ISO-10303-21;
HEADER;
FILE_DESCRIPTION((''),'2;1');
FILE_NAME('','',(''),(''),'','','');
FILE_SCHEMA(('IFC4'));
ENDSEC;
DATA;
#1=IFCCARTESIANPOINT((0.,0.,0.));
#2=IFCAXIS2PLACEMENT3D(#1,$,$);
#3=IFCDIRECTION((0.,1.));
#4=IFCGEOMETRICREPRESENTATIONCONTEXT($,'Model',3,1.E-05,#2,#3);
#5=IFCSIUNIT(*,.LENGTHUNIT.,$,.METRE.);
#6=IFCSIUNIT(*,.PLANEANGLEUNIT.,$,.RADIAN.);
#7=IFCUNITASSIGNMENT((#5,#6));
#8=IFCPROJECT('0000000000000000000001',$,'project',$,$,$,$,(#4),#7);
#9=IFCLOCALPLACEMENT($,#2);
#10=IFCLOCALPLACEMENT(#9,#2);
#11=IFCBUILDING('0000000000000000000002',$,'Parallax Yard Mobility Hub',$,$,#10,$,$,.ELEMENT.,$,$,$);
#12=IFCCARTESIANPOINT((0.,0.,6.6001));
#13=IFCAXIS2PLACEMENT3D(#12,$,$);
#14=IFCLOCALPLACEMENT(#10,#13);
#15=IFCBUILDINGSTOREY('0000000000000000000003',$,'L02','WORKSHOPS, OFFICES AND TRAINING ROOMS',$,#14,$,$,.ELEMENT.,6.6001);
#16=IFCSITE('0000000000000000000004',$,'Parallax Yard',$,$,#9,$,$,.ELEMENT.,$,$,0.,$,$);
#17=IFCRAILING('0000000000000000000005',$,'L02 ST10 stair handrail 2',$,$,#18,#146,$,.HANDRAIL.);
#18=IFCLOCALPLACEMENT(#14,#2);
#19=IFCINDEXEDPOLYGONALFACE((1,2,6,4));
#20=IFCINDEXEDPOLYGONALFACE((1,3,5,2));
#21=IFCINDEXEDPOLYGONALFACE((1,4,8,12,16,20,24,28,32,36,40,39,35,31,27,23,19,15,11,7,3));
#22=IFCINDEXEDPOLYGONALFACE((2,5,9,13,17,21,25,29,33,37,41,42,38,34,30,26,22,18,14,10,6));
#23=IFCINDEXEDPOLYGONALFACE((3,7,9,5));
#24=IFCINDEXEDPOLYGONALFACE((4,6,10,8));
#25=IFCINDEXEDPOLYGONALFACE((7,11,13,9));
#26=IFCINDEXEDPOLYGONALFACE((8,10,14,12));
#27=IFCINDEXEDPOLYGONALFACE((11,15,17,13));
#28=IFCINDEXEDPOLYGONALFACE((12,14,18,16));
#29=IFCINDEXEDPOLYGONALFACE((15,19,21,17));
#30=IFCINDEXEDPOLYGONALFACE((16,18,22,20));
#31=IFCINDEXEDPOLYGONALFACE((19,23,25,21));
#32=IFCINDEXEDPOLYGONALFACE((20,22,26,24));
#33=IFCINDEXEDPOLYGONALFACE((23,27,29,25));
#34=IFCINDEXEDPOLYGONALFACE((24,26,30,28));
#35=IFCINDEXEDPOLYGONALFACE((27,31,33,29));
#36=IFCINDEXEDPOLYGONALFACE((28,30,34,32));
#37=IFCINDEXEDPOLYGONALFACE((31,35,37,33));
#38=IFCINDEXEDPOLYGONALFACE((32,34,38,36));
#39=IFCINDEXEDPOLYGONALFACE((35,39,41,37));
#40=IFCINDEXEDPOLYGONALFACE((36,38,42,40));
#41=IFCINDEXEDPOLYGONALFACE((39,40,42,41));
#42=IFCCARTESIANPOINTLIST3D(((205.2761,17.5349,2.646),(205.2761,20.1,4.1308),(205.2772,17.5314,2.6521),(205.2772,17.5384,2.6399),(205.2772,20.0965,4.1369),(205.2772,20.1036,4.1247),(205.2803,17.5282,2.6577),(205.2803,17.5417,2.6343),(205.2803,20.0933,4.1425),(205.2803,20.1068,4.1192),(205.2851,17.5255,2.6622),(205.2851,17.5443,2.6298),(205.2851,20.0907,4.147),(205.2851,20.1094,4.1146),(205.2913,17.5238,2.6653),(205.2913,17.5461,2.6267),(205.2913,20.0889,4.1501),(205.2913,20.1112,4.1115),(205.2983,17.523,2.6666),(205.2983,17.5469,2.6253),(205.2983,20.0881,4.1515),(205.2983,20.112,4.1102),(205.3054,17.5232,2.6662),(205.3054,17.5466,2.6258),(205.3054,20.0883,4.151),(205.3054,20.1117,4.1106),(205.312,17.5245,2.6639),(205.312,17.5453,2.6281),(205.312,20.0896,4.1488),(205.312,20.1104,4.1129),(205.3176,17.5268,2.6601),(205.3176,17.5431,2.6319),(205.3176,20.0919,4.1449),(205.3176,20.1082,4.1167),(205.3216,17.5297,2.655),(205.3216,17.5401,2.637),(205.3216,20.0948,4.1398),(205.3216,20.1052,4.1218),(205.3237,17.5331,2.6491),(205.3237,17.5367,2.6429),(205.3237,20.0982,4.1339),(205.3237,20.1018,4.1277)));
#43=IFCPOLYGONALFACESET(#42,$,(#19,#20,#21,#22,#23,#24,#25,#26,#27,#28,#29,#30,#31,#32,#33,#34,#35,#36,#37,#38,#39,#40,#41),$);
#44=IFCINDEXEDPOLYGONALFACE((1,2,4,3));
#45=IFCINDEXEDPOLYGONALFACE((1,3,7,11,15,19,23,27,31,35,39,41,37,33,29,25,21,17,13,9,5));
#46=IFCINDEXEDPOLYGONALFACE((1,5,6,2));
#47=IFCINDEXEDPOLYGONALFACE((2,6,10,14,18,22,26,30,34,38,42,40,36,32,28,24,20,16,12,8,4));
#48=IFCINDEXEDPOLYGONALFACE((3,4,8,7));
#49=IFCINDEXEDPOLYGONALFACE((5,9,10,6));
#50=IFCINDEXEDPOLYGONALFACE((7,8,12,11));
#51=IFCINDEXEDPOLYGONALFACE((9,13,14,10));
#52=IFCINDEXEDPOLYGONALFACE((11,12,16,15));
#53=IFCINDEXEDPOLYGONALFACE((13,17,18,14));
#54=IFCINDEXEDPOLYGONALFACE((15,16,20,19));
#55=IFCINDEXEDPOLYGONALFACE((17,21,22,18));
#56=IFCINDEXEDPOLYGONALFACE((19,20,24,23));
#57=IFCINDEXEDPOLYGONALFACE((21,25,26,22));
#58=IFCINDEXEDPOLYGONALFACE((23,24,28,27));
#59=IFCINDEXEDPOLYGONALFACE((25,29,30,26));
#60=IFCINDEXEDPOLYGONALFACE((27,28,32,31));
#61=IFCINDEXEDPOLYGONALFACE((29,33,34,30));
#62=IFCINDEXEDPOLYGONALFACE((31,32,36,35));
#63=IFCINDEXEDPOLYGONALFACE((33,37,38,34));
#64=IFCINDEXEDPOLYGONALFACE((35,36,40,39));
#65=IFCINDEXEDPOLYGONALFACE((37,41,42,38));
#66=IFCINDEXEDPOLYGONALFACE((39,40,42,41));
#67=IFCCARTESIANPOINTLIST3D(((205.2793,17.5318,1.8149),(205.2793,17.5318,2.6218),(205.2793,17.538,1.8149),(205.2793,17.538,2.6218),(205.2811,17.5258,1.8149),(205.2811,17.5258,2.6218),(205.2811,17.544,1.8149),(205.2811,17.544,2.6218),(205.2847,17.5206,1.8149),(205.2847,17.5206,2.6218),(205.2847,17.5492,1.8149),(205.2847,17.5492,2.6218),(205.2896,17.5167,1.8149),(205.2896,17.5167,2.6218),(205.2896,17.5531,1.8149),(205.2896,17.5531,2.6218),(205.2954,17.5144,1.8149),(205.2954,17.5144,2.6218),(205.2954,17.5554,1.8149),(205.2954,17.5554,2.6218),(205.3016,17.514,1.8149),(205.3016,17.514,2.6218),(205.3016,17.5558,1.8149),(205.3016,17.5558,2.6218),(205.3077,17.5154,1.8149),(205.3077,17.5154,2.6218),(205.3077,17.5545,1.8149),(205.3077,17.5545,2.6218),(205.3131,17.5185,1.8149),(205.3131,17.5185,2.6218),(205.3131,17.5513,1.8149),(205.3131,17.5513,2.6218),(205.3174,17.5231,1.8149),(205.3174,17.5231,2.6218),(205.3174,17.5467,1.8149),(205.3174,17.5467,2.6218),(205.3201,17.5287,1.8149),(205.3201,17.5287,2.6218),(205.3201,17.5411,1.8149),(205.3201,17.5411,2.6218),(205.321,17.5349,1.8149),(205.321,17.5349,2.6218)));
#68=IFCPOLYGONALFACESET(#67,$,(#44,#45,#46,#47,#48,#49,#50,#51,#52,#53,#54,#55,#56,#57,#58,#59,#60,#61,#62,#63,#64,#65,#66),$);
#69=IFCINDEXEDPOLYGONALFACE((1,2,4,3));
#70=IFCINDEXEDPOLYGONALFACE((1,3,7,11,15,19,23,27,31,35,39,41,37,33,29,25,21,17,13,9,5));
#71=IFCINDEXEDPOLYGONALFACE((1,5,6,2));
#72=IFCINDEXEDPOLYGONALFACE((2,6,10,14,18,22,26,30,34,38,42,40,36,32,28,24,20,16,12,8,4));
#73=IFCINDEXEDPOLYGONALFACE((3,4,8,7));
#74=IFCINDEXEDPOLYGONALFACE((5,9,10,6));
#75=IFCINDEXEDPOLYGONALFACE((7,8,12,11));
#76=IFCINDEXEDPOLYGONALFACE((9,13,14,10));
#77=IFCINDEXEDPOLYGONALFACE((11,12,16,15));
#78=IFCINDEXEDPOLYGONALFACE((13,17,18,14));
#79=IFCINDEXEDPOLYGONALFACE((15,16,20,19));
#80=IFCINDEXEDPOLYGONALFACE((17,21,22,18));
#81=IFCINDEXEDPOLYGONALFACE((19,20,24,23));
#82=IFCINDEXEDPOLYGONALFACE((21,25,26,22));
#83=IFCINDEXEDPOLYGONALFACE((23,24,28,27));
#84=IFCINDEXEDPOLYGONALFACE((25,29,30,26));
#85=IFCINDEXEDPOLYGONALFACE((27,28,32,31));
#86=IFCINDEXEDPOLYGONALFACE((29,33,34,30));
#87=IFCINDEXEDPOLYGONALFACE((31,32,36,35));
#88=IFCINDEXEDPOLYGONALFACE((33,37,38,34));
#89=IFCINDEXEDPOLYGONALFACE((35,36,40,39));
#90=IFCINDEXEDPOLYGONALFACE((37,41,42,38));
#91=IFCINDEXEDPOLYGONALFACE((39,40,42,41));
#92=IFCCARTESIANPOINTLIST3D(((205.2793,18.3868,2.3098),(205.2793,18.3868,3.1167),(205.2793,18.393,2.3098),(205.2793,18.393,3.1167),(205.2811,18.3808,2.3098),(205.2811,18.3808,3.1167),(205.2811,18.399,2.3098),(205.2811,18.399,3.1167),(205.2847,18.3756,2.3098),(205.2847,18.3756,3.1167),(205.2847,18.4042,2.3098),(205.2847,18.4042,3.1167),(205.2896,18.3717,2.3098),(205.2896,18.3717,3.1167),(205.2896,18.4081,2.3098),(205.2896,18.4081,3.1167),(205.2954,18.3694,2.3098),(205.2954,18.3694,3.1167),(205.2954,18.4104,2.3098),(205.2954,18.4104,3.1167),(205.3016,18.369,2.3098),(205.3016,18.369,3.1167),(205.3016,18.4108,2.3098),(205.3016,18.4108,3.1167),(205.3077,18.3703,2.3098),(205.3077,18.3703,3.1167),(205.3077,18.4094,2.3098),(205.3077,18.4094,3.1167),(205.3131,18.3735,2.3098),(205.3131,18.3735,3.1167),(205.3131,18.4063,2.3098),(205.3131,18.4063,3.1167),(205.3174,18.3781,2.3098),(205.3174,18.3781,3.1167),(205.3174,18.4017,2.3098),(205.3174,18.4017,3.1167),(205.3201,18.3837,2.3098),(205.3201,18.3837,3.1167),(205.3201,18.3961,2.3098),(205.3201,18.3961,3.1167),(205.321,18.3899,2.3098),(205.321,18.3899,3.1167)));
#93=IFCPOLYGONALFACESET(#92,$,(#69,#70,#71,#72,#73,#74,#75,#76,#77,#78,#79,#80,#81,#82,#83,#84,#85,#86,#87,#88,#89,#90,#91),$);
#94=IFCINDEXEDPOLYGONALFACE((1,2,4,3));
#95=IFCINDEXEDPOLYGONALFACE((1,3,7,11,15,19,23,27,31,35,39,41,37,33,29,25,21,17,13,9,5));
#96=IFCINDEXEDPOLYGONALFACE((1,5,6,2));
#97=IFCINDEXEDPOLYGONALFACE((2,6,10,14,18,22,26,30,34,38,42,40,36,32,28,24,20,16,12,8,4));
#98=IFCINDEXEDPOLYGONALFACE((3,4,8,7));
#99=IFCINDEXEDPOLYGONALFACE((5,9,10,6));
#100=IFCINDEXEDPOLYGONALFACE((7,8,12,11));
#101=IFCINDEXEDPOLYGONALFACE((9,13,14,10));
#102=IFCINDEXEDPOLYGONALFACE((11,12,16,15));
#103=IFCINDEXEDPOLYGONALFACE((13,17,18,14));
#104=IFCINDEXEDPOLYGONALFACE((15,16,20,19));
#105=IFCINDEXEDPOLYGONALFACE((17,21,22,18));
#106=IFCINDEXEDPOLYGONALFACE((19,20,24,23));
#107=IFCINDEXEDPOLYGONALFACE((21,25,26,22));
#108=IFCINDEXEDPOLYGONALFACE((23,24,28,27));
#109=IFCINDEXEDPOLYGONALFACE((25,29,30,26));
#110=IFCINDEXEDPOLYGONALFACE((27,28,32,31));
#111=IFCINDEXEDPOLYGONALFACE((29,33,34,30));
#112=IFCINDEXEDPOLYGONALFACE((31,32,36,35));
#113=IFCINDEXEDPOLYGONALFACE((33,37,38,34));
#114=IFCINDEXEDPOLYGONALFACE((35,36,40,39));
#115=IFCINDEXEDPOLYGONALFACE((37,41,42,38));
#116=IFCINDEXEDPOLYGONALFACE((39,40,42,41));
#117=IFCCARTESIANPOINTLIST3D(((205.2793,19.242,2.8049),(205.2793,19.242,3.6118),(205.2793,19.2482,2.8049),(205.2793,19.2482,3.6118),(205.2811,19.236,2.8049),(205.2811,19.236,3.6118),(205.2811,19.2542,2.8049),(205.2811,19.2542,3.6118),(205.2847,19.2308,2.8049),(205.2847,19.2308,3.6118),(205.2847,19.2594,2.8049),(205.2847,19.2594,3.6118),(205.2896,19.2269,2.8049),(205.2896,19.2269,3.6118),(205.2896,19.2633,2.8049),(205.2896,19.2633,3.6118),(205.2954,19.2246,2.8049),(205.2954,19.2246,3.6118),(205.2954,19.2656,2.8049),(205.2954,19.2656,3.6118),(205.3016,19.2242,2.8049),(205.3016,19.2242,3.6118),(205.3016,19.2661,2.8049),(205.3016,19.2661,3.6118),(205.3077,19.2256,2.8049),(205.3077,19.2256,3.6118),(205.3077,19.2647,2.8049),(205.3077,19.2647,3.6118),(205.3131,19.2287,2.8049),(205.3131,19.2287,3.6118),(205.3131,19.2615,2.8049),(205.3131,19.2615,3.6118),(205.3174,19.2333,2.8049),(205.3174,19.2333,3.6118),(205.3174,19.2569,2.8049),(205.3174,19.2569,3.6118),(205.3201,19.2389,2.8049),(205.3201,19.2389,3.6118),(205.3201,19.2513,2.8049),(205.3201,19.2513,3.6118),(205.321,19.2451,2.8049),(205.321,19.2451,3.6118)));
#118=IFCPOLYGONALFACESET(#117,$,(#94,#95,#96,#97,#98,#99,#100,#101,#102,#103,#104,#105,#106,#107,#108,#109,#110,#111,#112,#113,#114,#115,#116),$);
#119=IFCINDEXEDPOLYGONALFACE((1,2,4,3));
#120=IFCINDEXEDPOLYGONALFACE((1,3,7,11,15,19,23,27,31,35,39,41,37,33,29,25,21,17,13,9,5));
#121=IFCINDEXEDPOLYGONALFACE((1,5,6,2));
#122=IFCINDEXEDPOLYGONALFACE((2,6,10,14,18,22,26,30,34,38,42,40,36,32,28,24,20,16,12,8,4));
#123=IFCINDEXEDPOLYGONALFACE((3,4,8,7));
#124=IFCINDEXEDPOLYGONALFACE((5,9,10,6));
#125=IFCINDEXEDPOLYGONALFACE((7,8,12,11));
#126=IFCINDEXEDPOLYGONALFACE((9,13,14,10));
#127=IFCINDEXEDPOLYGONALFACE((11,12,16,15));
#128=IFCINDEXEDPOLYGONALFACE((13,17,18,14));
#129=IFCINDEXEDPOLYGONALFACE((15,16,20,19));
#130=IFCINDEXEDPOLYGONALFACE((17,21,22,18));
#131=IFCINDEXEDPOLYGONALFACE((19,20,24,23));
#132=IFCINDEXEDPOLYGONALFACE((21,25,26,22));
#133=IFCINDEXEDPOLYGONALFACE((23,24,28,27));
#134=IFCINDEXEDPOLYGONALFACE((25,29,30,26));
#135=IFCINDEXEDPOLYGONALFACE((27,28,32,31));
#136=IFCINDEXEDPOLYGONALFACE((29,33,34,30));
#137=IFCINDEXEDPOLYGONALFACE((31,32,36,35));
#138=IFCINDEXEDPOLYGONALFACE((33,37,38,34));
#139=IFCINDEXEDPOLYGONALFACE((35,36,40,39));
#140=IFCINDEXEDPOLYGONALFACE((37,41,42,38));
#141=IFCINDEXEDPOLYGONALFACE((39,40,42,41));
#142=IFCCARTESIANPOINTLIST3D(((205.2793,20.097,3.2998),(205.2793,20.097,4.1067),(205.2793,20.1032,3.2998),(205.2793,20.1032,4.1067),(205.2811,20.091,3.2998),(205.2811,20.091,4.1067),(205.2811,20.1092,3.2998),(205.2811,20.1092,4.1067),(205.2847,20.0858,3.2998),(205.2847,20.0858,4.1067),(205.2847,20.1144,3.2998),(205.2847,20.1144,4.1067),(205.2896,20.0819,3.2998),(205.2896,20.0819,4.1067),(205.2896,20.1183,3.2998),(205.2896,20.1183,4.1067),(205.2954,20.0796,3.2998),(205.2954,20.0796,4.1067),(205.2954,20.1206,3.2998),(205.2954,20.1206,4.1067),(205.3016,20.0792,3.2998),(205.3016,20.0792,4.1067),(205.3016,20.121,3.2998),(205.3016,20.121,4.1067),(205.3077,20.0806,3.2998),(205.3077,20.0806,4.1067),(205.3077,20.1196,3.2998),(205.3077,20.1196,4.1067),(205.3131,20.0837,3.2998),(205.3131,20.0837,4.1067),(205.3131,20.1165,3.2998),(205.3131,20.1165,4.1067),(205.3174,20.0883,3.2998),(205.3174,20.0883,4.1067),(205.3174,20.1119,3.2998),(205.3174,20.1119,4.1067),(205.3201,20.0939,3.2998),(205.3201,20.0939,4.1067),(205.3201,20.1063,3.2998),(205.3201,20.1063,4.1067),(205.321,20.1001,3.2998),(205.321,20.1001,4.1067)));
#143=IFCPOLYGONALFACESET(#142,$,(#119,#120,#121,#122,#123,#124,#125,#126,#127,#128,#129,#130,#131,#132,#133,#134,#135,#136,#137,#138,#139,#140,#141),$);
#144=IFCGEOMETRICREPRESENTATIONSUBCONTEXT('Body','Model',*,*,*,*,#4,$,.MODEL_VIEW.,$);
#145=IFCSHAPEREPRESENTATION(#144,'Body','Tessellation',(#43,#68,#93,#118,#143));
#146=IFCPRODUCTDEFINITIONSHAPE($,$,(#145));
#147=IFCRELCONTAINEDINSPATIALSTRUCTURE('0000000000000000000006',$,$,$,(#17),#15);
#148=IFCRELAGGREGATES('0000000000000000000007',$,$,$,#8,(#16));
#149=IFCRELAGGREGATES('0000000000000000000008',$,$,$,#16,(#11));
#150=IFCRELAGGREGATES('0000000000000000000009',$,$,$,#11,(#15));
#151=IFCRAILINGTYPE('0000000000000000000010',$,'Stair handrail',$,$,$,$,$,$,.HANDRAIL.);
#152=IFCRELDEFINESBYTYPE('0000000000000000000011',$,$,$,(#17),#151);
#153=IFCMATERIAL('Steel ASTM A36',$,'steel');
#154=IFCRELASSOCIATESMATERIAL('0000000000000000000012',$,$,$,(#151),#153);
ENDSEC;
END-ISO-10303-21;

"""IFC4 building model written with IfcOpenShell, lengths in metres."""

from ifc_helpers import new_model, si_unit, direction, frame, origin, origin_2d, place, context, subcontext, project, spatial, circle, extrude, material, type_object, element, save


model = new_model("IFC4")

# Units and contexts
model_context = context("Model", 3, precision=1e-05, world=origin(), true_north=direction((0.0, 1.0)))
body_context = subcontext(model_context, "Body", "Model", "MODEL_VIEW")
ifc_project = project(units=[si_unit("LENGTHUNIT", "METRE"), si_unit("PLANEANGLEUNIT", "RADIAN")], contexts=[model_context])

# Site, building, storey
site_placement = place(None, origin())
site = spatial("IfcSite", under=ifc_project, at=site_placement, Name="Parallax Yard", CompositionType="ELEMENT", RefElevation=0.0)
building_placement = place(site_placement, origin())
building = spatial("IfcBuilding", under=site, at=building_placement, Name="Parallax Yard Mobility Hub", CompositionType="ELEMENT")
storey_placement = place(building_placement, frame((0.0, 0.0, 6.6001)))
storey = spatial("IfcBuildingStorey", under=building, at=storey_placement, Name="L02", Description="WORKSHOPS, OFFICES AND TRAINING ROOMS", CompositionType="ELEMENT", Elevation=6.6001)

# Railing
ifc_material_1 = material(Name="Steel ASTM A36", Category="steel")
railing_type_1 = type_object("IfcRailingType", Name="Stair handrail", PredefinedType="HANDRAIL", material=ifc_material_1)
railing_1_placement = place(storey_placement, frame((205.3, 17.5349, 1.8149)))
element("IfcRailing", 1, at=railing_1_placement, inside=storey, type_object=railing_type_1, Name="L02 ST10 stair handrail 2", PredefinedType="HANDRAIL", context=body_context, shape_type="SweptSolid", body=[
    extrude(circle(Radius=0.0239, at=origin_2d()), frame((0.0, 0.0, 0.8311), z_axis=(0.0, 0.865462, 0.500975), x_axis=(-1.0, 0.0, 0.0)), (0.0, 0.0, 1.0), 2.9639),
    extrude(circle(Radius=0.021, at=origin_2d()), origin(), (0.0, 0.0, 1.0), 0.8069),
    extrude(circle(Radius=0.021, at=origin_2d()), frame((0.0, 0.855, 0.4949)), (0.0, 0.0, 1.0), 0.8069),
    extrude(circle(Radius=0.021, at=origin_2d()), frame((0.0, 1.7102, 0.99)), (0.0, 0.0, 1.0), 0.8069),
    extrude(circle(Radius=0.021, at=origin_2d()), frame((0.0, 2.5652, 1.4849)), (0.0, 0.0, 1.0), 0.8069),
])

save(model, "model.ifc")
